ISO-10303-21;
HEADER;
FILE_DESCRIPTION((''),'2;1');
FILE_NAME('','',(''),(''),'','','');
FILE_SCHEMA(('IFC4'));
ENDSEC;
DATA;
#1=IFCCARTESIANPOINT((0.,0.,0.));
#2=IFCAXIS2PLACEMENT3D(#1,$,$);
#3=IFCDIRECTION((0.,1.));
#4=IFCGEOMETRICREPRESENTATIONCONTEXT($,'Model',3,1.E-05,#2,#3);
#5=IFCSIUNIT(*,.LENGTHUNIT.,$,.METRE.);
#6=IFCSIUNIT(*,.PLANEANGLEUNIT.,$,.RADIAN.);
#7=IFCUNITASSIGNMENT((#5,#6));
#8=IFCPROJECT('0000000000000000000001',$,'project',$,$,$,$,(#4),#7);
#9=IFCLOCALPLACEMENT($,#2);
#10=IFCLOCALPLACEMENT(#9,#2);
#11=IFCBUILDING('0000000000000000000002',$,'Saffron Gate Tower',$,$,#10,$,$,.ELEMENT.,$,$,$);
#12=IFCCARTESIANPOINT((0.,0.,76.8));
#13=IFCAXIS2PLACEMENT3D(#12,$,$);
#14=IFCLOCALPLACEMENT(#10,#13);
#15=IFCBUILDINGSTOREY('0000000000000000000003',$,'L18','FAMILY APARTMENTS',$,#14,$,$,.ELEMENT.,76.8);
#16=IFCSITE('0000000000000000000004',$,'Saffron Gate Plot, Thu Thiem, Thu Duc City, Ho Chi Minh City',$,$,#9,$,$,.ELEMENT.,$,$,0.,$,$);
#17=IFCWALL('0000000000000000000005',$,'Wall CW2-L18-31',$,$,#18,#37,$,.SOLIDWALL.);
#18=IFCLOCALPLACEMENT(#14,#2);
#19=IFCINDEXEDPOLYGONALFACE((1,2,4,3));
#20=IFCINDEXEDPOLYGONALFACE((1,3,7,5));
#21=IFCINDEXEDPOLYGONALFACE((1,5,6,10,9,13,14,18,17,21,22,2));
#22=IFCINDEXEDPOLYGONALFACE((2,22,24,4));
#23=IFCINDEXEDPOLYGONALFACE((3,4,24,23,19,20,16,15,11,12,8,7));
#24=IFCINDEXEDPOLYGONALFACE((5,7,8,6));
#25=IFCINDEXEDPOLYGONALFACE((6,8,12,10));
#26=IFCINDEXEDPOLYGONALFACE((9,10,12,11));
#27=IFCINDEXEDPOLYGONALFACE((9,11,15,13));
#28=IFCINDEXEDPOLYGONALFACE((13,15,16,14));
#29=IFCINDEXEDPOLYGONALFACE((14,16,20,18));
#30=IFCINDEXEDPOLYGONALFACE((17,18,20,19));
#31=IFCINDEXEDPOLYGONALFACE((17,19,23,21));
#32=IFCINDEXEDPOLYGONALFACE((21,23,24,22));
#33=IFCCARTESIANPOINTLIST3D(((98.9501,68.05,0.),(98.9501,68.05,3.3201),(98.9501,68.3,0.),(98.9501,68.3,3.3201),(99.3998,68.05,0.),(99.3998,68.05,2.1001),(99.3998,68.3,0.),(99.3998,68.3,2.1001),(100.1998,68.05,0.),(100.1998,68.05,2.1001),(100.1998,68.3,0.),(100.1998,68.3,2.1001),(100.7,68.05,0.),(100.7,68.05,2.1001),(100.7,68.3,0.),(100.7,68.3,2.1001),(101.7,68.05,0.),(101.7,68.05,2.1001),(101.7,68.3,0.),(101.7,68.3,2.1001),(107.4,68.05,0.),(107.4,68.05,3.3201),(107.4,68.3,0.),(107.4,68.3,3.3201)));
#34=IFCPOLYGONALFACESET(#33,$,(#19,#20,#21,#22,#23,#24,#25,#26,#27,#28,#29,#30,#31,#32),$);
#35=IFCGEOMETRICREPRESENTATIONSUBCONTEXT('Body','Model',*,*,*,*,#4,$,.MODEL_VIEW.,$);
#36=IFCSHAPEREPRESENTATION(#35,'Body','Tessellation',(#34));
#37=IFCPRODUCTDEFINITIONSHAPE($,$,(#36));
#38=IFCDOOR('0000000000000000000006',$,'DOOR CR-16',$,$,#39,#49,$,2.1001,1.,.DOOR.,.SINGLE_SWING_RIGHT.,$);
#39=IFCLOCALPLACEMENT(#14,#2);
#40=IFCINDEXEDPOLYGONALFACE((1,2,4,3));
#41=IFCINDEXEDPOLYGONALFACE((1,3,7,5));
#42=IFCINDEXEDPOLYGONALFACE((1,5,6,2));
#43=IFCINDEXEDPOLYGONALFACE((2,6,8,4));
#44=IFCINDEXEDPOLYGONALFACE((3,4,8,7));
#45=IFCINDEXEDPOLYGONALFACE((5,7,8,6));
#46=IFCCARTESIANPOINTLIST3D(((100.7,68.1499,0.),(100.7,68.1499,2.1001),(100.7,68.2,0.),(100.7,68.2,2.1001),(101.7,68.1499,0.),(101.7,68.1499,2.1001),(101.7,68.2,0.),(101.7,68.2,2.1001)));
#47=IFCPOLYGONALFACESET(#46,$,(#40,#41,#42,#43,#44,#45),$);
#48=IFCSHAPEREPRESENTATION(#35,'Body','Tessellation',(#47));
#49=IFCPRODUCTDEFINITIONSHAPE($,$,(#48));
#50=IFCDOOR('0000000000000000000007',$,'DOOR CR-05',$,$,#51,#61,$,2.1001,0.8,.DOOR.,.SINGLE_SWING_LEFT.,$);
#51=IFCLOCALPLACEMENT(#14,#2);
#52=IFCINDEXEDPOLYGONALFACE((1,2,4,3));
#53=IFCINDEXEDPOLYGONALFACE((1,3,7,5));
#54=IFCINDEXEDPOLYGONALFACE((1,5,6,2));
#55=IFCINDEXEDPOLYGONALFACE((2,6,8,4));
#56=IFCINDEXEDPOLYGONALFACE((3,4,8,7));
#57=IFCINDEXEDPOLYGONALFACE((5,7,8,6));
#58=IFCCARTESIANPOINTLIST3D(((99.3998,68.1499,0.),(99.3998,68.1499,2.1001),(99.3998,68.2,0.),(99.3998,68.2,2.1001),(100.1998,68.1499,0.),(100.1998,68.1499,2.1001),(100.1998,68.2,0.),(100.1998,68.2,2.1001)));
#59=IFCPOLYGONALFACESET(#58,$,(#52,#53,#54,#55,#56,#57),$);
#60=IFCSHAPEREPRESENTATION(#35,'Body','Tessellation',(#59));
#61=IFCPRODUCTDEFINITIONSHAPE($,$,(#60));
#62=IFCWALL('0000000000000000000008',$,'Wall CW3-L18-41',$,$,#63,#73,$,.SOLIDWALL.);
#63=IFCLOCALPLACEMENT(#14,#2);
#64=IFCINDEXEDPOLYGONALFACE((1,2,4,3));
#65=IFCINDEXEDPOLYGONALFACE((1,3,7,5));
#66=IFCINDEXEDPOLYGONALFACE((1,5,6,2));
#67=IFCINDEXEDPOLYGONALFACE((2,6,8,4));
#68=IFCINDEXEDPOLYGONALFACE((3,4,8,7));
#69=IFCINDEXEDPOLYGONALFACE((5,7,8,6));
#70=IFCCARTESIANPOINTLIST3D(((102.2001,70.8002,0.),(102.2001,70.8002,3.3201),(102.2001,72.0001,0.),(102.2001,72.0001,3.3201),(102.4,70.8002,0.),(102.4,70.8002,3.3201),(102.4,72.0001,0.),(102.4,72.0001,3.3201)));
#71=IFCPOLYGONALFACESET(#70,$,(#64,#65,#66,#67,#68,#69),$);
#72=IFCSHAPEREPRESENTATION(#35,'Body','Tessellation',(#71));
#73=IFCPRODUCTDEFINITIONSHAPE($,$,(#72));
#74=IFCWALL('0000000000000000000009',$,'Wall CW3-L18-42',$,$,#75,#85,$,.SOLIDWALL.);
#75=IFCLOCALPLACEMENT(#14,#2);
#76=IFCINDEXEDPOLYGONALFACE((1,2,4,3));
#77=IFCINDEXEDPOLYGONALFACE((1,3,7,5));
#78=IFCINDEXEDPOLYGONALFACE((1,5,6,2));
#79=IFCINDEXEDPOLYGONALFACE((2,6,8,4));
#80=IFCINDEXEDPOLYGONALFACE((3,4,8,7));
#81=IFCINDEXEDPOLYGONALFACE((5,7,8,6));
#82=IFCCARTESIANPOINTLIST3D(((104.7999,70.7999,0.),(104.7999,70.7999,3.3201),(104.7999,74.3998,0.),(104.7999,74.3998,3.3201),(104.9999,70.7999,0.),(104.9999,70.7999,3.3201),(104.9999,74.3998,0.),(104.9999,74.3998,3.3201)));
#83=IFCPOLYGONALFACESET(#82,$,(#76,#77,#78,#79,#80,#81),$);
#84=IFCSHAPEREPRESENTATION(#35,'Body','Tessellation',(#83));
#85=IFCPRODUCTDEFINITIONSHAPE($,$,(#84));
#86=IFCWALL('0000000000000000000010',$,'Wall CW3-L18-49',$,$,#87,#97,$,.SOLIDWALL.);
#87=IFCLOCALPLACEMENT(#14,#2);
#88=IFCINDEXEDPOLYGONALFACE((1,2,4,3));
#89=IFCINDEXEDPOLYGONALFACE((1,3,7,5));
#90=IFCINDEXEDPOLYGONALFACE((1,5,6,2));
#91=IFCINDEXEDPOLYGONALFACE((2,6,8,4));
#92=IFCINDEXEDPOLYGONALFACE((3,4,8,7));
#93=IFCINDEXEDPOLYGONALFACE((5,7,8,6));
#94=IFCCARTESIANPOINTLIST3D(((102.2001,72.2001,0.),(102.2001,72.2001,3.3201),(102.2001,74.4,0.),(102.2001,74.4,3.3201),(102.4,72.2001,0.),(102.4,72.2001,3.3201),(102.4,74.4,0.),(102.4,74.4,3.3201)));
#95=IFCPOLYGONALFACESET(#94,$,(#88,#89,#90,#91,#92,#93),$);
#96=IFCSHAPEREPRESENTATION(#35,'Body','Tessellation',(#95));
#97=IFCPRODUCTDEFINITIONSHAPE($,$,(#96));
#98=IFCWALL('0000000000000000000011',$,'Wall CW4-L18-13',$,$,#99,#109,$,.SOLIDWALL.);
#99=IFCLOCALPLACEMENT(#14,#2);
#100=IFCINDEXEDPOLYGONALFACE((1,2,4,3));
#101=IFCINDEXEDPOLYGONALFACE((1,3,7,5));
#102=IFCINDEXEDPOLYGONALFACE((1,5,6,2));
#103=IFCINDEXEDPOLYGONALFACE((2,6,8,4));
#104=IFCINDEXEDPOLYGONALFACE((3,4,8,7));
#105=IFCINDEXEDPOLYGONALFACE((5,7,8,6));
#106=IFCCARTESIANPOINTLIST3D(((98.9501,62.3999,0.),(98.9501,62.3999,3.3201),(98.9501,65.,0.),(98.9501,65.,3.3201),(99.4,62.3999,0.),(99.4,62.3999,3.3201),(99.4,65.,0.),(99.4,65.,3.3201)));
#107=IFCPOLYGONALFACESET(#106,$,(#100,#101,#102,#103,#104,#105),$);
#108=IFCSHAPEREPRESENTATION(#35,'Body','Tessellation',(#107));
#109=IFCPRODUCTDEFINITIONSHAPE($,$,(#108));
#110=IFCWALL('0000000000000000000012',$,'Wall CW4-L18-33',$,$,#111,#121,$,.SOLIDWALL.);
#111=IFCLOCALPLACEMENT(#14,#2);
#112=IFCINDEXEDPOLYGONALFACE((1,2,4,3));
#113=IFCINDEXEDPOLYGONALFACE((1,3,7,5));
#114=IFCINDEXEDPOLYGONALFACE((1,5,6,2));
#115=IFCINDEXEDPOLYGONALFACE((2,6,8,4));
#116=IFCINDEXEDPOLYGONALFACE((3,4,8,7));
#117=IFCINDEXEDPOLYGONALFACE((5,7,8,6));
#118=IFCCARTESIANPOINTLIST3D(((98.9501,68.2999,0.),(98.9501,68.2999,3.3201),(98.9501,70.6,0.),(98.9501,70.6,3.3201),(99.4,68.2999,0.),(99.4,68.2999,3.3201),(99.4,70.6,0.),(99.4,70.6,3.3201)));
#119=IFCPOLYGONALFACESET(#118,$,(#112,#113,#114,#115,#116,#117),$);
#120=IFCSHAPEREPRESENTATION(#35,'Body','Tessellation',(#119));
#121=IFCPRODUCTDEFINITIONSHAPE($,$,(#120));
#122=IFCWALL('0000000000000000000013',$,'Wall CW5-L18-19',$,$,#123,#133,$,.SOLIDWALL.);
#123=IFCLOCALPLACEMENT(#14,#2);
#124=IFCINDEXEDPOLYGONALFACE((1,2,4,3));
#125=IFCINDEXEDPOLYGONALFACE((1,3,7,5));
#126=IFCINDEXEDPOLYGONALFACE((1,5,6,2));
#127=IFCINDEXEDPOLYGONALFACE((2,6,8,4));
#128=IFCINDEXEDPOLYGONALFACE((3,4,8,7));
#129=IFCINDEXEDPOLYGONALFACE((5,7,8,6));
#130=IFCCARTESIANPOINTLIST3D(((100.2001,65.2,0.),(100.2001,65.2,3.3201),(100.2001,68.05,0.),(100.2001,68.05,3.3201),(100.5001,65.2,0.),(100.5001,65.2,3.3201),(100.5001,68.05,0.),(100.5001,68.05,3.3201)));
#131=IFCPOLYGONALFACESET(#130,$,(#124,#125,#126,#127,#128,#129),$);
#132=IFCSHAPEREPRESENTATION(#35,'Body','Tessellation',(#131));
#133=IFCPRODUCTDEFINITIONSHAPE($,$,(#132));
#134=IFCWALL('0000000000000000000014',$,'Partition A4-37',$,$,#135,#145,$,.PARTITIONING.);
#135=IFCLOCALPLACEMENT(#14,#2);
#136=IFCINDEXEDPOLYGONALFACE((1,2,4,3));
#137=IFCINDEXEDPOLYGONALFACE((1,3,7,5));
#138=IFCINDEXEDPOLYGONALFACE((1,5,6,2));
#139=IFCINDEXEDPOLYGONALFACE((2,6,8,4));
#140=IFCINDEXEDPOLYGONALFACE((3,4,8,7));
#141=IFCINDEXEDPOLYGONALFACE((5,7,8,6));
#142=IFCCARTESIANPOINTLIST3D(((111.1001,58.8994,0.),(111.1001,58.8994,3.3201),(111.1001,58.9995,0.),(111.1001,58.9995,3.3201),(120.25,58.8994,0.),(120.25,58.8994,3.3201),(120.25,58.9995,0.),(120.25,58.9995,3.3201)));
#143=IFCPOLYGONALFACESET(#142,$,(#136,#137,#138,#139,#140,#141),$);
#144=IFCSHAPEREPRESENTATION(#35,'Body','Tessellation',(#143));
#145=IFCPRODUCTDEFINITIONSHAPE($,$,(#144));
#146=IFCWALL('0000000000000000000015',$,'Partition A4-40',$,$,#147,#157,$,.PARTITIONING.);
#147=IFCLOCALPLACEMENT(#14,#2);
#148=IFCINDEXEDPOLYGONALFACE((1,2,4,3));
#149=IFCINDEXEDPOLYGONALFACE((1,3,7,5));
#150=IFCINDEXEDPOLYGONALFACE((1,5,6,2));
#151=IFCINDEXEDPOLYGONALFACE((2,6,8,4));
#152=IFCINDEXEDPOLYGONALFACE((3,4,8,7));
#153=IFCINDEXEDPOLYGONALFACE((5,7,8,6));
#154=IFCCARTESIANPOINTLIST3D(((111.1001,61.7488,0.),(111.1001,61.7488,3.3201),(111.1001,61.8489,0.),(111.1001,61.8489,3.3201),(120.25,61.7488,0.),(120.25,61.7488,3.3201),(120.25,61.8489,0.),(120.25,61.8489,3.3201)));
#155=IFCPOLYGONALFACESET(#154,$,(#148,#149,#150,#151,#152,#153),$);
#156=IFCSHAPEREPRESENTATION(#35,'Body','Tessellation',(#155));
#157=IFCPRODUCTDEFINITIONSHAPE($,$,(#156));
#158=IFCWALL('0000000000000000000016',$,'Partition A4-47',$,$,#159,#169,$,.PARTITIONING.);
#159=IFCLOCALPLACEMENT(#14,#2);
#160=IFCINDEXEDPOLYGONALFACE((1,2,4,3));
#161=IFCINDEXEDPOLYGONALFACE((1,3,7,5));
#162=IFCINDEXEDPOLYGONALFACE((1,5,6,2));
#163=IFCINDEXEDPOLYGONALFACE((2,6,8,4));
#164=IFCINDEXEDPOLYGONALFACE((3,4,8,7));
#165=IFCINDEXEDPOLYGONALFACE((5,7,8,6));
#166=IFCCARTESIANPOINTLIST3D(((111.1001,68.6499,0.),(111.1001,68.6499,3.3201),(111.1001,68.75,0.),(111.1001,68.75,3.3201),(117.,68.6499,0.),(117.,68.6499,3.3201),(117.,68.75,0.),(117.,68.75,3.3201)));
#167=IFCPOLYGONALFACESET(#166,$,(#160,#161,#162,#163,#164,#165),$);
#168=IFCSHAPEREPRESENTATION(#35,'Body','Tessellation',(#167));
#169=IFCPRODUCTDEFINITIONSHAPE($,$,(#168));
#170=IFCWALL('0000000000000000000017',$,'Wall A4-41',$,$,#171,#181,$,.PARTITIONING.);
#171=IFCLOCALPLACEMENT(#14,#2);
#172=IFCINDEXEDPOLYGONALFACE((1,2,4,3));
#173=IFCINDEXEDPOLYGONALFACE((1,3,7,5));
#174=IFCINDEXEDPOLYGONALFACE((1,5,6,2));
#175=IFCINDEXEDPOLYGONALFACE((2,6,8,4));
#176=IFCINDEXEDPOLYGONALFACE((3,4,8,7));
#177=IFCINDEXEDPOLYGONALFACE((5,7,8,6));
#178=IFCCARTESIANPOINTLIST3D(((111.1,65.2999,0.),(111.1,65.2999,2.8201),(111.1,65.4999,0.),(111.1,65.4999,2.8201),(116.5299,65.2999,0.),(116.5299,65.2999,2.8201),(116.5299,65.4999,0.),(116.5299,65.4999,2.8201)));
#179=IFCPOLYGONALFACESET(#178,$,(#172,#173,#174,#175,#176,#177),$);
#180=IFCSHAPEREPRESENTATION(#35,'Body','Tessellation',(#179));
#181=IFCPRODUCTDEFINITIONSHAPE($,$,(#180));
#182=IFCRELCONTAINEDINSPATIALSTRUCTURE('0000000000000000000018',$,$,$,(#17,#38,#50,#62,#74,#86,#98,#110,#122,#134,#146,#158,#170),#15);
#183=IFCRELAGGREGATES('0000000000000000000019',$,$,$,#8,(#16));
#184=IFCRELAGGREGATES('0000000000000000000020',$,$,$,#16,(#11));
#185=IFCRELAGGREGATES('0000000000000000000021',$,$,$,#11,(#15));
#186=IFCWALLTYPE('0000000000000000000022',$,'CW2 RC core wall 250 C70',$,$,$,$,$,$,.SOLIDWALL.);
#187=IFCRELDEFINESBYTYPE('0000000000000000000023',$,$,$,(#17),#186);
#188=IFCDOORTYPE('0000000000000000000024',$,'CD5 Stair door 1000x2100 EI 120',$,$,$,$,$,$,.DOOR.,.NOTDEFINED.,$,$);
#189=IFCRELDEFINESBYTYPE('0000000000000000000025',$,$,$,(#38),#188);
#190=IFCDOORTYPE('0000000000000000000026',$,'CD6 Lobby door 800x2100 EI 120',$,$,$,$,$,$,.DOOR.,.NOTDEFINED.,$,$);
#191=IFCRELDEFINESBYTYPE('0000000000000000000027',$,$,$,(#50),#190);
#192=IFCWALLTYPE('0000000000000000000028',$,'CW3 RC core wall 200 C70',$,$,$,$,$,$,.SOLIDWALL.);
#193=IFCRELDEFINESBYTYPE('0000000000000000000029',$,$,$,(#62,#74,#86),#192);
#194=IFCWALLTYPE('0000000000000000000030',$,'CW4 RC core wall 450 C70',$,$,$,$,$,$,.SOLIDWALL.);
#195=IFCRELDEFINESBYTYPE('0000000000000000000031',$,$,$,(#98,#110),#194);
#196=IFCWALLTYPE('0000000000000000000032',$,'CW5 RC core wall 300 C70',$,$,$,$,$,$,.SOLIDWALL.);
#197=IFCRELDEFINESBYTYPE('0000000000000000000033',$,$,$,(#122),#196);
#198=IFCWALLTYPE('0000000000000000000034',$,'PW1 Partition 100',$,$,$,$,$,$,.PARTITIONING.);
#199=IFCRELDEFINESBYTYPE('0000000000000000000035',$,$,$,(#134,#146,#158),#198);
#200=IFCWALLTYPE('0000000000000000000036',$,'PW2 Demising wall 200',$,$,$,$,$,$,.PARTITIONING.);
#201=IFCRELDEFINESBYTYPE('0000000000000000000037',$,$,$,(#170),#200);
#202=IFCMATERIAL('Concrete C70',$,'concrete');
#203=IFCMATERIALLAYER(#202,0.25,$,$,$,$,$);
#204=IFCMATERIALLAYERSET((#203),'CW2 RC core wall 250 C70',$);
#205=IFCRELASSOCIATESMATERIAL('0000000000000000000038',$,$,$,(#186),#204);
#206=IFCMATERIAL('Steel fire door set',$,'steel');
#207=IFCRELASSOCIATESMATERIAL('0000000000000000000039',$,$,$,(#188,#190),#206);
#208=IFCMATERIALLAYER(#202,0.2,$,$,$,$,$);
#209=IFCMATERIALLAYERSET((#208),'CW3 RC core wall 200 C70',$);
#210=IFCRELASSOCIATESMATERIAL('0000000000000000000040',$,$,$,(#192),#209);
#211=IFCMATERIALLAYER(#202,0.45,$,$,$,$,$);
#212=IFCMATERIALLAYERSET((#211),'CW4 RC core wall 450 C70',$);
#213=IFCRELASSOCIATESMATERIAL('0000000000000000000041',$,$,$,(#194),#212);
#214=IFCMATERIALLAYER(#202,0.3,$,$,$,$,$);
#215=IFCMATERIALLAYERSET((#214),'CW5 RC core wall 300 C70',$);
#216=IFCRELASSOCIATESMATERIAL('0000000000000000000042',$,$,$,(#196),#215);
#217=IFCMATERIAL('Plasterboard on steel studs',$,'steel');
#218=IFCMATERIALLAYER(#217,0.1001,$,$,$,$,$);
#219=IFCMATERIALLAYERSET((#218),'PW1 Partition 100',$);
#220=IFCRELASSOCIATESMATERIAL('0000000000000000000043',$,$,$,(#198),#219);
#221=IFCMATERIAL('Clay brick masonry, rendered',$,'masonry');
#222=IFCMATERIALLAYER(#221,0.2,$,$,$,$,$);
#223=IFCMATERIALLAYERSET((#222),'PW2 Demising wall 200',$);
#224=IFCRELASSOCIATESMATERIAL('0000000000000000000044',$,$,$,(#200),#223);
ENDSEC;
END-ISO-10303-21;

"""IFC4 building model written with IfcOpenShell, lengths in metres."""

from ifc_helpers import new_model, si_unit, direction, frame, frame_2d, origin, place, context, subcontext, project, spatial, rectangle, extrude, material, layer, layer_set, type_object, element, fill, save


model = new_model("IFC4")

# Units and contexts
model_context = context("Model", 3, precision=1e-05, world=origin(), true_north=direction((0.0, 1.0)))
body_context = subcontext(model_context, "Body", "Model", "MODEL_VIEW")
ifc_project = project(units=[si_unit("LENGTHUNIT", "METRE"), si_unit("PLANEANGLEUNIT", "RADIAN")], contexts=[model_context])

# Site, building, storey
site_placement = place(None, origin())
site = spatial("IfcSite", under=ifc_project, at=site_placement, Name="Saffron Gate Plot, Thu Thiem, Thu Duc City, Ho Chi Minh City", CompositionType="ELEMENT", RefElevation=0.0)
building_placement = place(site_placement, origin())
building = spatial("IfcBuilding", under=site, at=building_placement, Name="Saffron Gate Tower", CompositionType="ELEMENT")
storey_placement = place(building_placement, frame((0.0, 0.0, 76.8)))
storey = spatial("IfcBuildingStorey", under=building, at=storey_placement, Name="L18", Description="FAMILY APARTMENTS", CompositionType="ELEMENT", Elevation=76.8)

# Shared definitions
ifc_material_1 = material(Name="Concrete C70", Category="concrete")
ifc_material_2 = material(Name="Steel fire door set", Category="steel")

# Wall, openings, doors
ifc_layer_1 = layer(ifc_material_1, 0.25)
ifc_layer_set_1 = layer_set([ifc_layer_1], Name="CW2 RC core wall 250 C70")
wall_type_1 = type_object("IfcWallType", Name="CW2 RC core wall 250 C70", PredefinedType="SOLIDWALL", material=ifc_layer_set_1)
wall_1_placement = place(storey_placement, frame((98.95, 68.175, 0.0), z_axis=(0.0, 0.0, 1.0), x_axis=(1.0, 0.0, 0.0)))
wall_1 = element("IfcWall", 1, at=wall_1_placement, inside=storey, type_object=wall_type_1, Name="Wall CW2-L18-31", PredefinedType="SOLIDWALL", context=body_context, shape_type="SweptSolid", body=[
    extrude(rectangle(XDim=8.45, YDim=0.25, at=frame_2d((4.2251, 0.0))), origin(), (0.0, 0.0, 1.0), 3.3201),
])
opening_1_placement = place(wall_1_placement, frame((0.45, 0.0, 0.0)))
opening_1 = element("IfcOpeningElement", 2, at=opening_1_placement, cuts=wall_1, PredefinedType="OPENING", context=body_context, shape_type="SweptSolid", body=[
    extrude(rectangle(XDim=0.8, YDim=2.1001, at=frame_2d((0.3999, 1.05))), frame((0.0, 0.135, 0.0), z_axis=(0.0, -1.0, 0.0), x_axis=(1.0, 0.0, 0.0)), (0.0, 0.0, 1.0), 0.27),
])
opening_2_placement = place(wall_1_placement, frame((1.75, 0.0, 0.0)))
opening_2 = element("IfcOpeningElement", 3, at=opening_2_placement, cuts=wall_1, PredefinedType="OPENING", context=body_context, shape_type="SweptSolid", body=[
    extrude(rectangle(XDim=1.0, YDim=2.1001, at=frame_2d((0.5, 1.05))), frame((0.0, 0.135, 0.0), z_axis=(0.0, -1.0, 0.0), x_axis=(1.0, 0.0, 0.0)), (0.0, 0.0, 1.0), 0.27),
])
door_type_1 = type_object("IfcDoorType", Name="CD5 Stair door 1000x2100 EI 120", OperationType="NOTDEFINED", PredefinedType="DOOR", material=ifc_material_2)
door_1_placement = place(opening_2_placement, origin())
door_1 = element("IfcDoor", 4, at=door_1_placement, inside=storey, type_object=door_type_1, Name="DOOR CR-16", OperationType="SINGLE_SWING_RIGHT", OverallHeight=2.1001, OverallWidth=1.0, PredefinedType="DOOR", context=body_context, shape_type="SweptSolid", body=[
    extrude(rectangle(XDim=1.0, YDim=2.1001, at=frame_2d((0.5, 1.05))), frame((0.0, 0.0249, 0.0), z_axis=(0.0, -1.0, 0.0), x_axis=(1.0, 0.0, 0.0)), (0.0, 0.0, 1.0), 0.05),
])
fill(opening_2, door_1)
door_type_2 = type_object("IfcDoorType", Name="CD6 Lobby door 800x2100 EI 120", OperationType="NOTDEFINED", PredefinedType="DOOR", material=ifc_material_2)
door_2_placement = place(opening_1_placement, origin())
door_2 = element("IfcDoor", 5, at=door_2_placement, inside=storey, type_object=door_type_2, Name="DOOR CR-05", OperationType="SINGLE_SWING_LEFT", OverallHeight=2.1001, OverallWidth=0.8, PredefinedType="DOOR", context=body_context, shape_type="SweptSolid", body=[
    extrude(rectangle(XDim=0.8, YDim=2.1001, at=frame_2d((0.3999, 1.05))), frame((0.0, 0.0249, 0.0), z_axis=(0.0, -1.0, 0.0), x_axis=(1.0, 0.0, 0.0)), (0.0, 0.0, 1.0), 0.05),
])
fill(opening_1, door_2)

# Walls
ifc_layer_2 = layer(ifc_material_1, 0.2)
ifc_layer_set_2 = layer_set([ifc_layer_2], Name="CW3 RC core wall 200 C70")
wall_type_2 = type_object("IfcWallType", Name="CW3 RC core wall 200 C70", PredefinedType="SOLIDWALL", material=ifc_layer_set_2)
wall_2_placement = place(storey_placement, frame((102.3, 70.8, 0.0), z_axis=(0.0, 0.0, 1.0), x_axis=(0.0, 1.0, 0.0)))
element("IfcWall", 6, at=wall_2_placement, inside=storey, type_object=wall_type_2, Name="Wall CW3-L18-41", PredefinedType="SOLIDWALL", context=body_context, shape_type="SweptSolid", body=[
    extrude(rectangle(XDim=1.2, YDim=0.2, at=frame_2d((0.6001, 0.0))), origin(), (0.0, 0.0, 1.0), 3.3201),
])
wall_3_placement = place(storey_placement, frame((104.8999, 70.8, 0.0), z_axis=(0.0, 0.0, 1.0), x_axis=(0.0, 1.0, 0.0)))
element("IfcWall", 7, at=wall_3_placement, inside=storey, type_object=wall_type_2, Name="Wall CW3-L18-42", PredefinedType="SOLIDWALL", context=body_context, shape_type="SweptSolid", body=[
    extrude(rectangle(XDim=3.5999, YDim=0.2, at=frame_2d((1.7998, 0.0))), origin(), (0.0, 0.0, 1.0), 3.3201),
])
wall_4_placement = place(storey_placement, frame((102.3, 72.2, 0.0), z_axis=(0.0, 0.0, 1.0), x_axis=(0.0, 1.0, 0.0)))
element("IfcWall", 8, at=wall_4_placement, inside=storey, type_object=wall_type_2, Name="Wall CW3-L18-49", PredefinedType="SOLIDWALL", context=body_context, shape_type="SweptSolid", body=[
    extrude(rectangle(XDim=2.2, YDim=0.2, at=frame_2d((1.1001, 0.0))), origin(), (0.0, 0.0, 1.0), 3.3201),
])
ifc_layer_3 = layer(ifc_material_1, 0.45)
ifc_layer_set_3 = layer_set([ifc_layer_3], Name="CW4 RC core wall 450 C70")
wall_type_3 = type_object("IfcWallType", Name="CW4 RC core wall 450 C70", PredefinedType="SOLIDWALL", material=ifc_layer_set_3)
wall_5_placement = place(storey_placement, frame((99.175, 62.3999, 0.0), z_axis=(0.0, 0.0, 1.0), x_axis=(0.0, 1.0, 0.0)))
element("IfcWall", 9, at=wall_5_placement, inside=storey, type_object=wall_type_3, Name="Wall CW4-L18-13", PredefinedType="SOLIDWALL", context=body_context, shape_type="SweptSolid", body=[
    extrude(rectangle(XDim=2.6001, YDim=0.45, at=frame_2d((1.3, 0.0))), origin(), (0.0, 0.0, 1.0), 3.3201),
])
wall_6_placement = place(storey_placement, frame((99.175, 68.3, 0.0), z_axis=(0.0, 0.0, 1.0), x_axis=(0.0, 1.0, 0.0)))
element("IfcWall", 10, at=wall_6_placement, inside=storey, type_object=wall_type_3, Name="Wall CW4-L18-33", PredefinedType="SOLIDWALL", context=body_context, shape_type="SweptSolid", body=[
    extrude(rectangle(XDim=2.3, YDim=0.45, at=frame_2d((1.1499, 0.0))), origin(), (0.0, 0.0, 1.0), 3.3201),
])
ifc_layer_4 = layer(ifc_material_1, 0.3)
ifc_layer_set_4 = layer_set([ifc_layer_4], Name="CW5 RC core wall 300 C70")
wall_type_4 = type_object("IfcWallType", Name="CW5 RC core wall 300 C70", PredefinedType="SOLIDWALL", material=ifc_layer_set_4)
wall_7_placement = place(storey_placement, frame((100.3501, 65.2, 0.0), z_axis=(0.0, 0.0, 1.0), x_axis=(0.0, 1.0, 0.0)))
element("IfcWall", 11, at=wall_7_placement, inside=storey, type_object=wall_type_4, Name="Wall CW5-L18-19", PredefinedType="SOLIDWALL", context=body_context, shape_type="SweptSolid", body=[
    extrude(rectangle(XDim=2.8501, YDim=0.3, at=frame_2d((1.425, 0.0))), origin(), (0.0, 0.0, 1.0), 3.3201),
])
ifc_material_3 = material(Name="Plasterboard on steel studs", Category="steel")
ifc_layer_5 = layer(ifc_material_3, 0.1001)
ifc_layer_set_5 = layer_set([ifc_layer_5], Name="PW1 Partition 100")
wall_type_5 = type_object("IfcWallType", Name="PW1 Partition 100", PredefinedType="PARTITIONING", material=ifc_layer_set_5)
for number, where, z_axis, x_axis, name in (
    (12, (111.1001, 58.9495, 0.0), (0.0, 0.0, 1.0), (1.0, 0.0, 0.0), "Partition A4-37"),
    (13, (111.1001, 61.7988, 0.0), (0.0, 0.0, 1.0), (1.0, 0.0, 0.0), "Partition A4-40"),
):
    element("IfcWall", number, at=place(storey_placement, frame(where, z_axis=z_axis, x_axis=x_axis)), inside=storey, type_object=wall_type_5, Name=name, PredefinedType="PARTITIONING", context=body_context, shape_type="SweptSolid", body=[
        extrude(rectangle(XDim=9.1499, YDim=0.1001, at=frame_2d((4.575, 0.0))), origin(), (0.0, 0.0, 1.0), 3.3201),
    ])
wall_8_placement = place(storey_placement, frame((111.1001, 68.7, 0.0), z_axis=(0.0, 0.0, 1.0), x_axis=(1.0, 0.0, 0.0)))
element("IfcWall", 14, at=wall_8_placement, inside=storey, type_object=wall_type_5, Name="Partition A4-47", PredefinedType="PARTITIONING", context=body_context, shape_type="SweptSolid", body=[
    extrude(rectangle(XDim=5.8999, YDim=0.1001, at=frame_2d((2.95, 0.0))), origin(), (0.0, 0.0, 1.0), 3.3201),
])
ifc_material_4 = material(Name="Clay brick masonry, rendered", Category="masonry")
ifc_layer_6 = layer(ifc_material_4, 0.2)
ifc_layer_set_6 = layer_set([ifc_layer_6], Name="PW2 Demising wall 200")
wall_type_6 = type_object("IfcWallType", Name="PW2 Demising wall 200", PredefinedType="PARTITIONING", material=ifc_layer_set_6)
wall_9_placement = place(storey_placement, frame((111.1001, 65.3999, 0.0), z_axis=(0.0, 0.0, 1.0), x_axis=(1.0, 0.0, 0.0)))
element("IfcWall", 15, at=wall_9_placement, inside=storey, type_object=wall_type_6, Name="Wall A4-41", PredefinedType="PARTITIONING", context=body_context, shape_type="SweptSolid", body=[
    extrude(rectangle(XDim=5.4299, YDim=0.2, at=frame_2d((2.7148, 0.0))), origin(), (0.0, 0.0, 1.0), 2.8201),
])

save(model, "model.ifc")
